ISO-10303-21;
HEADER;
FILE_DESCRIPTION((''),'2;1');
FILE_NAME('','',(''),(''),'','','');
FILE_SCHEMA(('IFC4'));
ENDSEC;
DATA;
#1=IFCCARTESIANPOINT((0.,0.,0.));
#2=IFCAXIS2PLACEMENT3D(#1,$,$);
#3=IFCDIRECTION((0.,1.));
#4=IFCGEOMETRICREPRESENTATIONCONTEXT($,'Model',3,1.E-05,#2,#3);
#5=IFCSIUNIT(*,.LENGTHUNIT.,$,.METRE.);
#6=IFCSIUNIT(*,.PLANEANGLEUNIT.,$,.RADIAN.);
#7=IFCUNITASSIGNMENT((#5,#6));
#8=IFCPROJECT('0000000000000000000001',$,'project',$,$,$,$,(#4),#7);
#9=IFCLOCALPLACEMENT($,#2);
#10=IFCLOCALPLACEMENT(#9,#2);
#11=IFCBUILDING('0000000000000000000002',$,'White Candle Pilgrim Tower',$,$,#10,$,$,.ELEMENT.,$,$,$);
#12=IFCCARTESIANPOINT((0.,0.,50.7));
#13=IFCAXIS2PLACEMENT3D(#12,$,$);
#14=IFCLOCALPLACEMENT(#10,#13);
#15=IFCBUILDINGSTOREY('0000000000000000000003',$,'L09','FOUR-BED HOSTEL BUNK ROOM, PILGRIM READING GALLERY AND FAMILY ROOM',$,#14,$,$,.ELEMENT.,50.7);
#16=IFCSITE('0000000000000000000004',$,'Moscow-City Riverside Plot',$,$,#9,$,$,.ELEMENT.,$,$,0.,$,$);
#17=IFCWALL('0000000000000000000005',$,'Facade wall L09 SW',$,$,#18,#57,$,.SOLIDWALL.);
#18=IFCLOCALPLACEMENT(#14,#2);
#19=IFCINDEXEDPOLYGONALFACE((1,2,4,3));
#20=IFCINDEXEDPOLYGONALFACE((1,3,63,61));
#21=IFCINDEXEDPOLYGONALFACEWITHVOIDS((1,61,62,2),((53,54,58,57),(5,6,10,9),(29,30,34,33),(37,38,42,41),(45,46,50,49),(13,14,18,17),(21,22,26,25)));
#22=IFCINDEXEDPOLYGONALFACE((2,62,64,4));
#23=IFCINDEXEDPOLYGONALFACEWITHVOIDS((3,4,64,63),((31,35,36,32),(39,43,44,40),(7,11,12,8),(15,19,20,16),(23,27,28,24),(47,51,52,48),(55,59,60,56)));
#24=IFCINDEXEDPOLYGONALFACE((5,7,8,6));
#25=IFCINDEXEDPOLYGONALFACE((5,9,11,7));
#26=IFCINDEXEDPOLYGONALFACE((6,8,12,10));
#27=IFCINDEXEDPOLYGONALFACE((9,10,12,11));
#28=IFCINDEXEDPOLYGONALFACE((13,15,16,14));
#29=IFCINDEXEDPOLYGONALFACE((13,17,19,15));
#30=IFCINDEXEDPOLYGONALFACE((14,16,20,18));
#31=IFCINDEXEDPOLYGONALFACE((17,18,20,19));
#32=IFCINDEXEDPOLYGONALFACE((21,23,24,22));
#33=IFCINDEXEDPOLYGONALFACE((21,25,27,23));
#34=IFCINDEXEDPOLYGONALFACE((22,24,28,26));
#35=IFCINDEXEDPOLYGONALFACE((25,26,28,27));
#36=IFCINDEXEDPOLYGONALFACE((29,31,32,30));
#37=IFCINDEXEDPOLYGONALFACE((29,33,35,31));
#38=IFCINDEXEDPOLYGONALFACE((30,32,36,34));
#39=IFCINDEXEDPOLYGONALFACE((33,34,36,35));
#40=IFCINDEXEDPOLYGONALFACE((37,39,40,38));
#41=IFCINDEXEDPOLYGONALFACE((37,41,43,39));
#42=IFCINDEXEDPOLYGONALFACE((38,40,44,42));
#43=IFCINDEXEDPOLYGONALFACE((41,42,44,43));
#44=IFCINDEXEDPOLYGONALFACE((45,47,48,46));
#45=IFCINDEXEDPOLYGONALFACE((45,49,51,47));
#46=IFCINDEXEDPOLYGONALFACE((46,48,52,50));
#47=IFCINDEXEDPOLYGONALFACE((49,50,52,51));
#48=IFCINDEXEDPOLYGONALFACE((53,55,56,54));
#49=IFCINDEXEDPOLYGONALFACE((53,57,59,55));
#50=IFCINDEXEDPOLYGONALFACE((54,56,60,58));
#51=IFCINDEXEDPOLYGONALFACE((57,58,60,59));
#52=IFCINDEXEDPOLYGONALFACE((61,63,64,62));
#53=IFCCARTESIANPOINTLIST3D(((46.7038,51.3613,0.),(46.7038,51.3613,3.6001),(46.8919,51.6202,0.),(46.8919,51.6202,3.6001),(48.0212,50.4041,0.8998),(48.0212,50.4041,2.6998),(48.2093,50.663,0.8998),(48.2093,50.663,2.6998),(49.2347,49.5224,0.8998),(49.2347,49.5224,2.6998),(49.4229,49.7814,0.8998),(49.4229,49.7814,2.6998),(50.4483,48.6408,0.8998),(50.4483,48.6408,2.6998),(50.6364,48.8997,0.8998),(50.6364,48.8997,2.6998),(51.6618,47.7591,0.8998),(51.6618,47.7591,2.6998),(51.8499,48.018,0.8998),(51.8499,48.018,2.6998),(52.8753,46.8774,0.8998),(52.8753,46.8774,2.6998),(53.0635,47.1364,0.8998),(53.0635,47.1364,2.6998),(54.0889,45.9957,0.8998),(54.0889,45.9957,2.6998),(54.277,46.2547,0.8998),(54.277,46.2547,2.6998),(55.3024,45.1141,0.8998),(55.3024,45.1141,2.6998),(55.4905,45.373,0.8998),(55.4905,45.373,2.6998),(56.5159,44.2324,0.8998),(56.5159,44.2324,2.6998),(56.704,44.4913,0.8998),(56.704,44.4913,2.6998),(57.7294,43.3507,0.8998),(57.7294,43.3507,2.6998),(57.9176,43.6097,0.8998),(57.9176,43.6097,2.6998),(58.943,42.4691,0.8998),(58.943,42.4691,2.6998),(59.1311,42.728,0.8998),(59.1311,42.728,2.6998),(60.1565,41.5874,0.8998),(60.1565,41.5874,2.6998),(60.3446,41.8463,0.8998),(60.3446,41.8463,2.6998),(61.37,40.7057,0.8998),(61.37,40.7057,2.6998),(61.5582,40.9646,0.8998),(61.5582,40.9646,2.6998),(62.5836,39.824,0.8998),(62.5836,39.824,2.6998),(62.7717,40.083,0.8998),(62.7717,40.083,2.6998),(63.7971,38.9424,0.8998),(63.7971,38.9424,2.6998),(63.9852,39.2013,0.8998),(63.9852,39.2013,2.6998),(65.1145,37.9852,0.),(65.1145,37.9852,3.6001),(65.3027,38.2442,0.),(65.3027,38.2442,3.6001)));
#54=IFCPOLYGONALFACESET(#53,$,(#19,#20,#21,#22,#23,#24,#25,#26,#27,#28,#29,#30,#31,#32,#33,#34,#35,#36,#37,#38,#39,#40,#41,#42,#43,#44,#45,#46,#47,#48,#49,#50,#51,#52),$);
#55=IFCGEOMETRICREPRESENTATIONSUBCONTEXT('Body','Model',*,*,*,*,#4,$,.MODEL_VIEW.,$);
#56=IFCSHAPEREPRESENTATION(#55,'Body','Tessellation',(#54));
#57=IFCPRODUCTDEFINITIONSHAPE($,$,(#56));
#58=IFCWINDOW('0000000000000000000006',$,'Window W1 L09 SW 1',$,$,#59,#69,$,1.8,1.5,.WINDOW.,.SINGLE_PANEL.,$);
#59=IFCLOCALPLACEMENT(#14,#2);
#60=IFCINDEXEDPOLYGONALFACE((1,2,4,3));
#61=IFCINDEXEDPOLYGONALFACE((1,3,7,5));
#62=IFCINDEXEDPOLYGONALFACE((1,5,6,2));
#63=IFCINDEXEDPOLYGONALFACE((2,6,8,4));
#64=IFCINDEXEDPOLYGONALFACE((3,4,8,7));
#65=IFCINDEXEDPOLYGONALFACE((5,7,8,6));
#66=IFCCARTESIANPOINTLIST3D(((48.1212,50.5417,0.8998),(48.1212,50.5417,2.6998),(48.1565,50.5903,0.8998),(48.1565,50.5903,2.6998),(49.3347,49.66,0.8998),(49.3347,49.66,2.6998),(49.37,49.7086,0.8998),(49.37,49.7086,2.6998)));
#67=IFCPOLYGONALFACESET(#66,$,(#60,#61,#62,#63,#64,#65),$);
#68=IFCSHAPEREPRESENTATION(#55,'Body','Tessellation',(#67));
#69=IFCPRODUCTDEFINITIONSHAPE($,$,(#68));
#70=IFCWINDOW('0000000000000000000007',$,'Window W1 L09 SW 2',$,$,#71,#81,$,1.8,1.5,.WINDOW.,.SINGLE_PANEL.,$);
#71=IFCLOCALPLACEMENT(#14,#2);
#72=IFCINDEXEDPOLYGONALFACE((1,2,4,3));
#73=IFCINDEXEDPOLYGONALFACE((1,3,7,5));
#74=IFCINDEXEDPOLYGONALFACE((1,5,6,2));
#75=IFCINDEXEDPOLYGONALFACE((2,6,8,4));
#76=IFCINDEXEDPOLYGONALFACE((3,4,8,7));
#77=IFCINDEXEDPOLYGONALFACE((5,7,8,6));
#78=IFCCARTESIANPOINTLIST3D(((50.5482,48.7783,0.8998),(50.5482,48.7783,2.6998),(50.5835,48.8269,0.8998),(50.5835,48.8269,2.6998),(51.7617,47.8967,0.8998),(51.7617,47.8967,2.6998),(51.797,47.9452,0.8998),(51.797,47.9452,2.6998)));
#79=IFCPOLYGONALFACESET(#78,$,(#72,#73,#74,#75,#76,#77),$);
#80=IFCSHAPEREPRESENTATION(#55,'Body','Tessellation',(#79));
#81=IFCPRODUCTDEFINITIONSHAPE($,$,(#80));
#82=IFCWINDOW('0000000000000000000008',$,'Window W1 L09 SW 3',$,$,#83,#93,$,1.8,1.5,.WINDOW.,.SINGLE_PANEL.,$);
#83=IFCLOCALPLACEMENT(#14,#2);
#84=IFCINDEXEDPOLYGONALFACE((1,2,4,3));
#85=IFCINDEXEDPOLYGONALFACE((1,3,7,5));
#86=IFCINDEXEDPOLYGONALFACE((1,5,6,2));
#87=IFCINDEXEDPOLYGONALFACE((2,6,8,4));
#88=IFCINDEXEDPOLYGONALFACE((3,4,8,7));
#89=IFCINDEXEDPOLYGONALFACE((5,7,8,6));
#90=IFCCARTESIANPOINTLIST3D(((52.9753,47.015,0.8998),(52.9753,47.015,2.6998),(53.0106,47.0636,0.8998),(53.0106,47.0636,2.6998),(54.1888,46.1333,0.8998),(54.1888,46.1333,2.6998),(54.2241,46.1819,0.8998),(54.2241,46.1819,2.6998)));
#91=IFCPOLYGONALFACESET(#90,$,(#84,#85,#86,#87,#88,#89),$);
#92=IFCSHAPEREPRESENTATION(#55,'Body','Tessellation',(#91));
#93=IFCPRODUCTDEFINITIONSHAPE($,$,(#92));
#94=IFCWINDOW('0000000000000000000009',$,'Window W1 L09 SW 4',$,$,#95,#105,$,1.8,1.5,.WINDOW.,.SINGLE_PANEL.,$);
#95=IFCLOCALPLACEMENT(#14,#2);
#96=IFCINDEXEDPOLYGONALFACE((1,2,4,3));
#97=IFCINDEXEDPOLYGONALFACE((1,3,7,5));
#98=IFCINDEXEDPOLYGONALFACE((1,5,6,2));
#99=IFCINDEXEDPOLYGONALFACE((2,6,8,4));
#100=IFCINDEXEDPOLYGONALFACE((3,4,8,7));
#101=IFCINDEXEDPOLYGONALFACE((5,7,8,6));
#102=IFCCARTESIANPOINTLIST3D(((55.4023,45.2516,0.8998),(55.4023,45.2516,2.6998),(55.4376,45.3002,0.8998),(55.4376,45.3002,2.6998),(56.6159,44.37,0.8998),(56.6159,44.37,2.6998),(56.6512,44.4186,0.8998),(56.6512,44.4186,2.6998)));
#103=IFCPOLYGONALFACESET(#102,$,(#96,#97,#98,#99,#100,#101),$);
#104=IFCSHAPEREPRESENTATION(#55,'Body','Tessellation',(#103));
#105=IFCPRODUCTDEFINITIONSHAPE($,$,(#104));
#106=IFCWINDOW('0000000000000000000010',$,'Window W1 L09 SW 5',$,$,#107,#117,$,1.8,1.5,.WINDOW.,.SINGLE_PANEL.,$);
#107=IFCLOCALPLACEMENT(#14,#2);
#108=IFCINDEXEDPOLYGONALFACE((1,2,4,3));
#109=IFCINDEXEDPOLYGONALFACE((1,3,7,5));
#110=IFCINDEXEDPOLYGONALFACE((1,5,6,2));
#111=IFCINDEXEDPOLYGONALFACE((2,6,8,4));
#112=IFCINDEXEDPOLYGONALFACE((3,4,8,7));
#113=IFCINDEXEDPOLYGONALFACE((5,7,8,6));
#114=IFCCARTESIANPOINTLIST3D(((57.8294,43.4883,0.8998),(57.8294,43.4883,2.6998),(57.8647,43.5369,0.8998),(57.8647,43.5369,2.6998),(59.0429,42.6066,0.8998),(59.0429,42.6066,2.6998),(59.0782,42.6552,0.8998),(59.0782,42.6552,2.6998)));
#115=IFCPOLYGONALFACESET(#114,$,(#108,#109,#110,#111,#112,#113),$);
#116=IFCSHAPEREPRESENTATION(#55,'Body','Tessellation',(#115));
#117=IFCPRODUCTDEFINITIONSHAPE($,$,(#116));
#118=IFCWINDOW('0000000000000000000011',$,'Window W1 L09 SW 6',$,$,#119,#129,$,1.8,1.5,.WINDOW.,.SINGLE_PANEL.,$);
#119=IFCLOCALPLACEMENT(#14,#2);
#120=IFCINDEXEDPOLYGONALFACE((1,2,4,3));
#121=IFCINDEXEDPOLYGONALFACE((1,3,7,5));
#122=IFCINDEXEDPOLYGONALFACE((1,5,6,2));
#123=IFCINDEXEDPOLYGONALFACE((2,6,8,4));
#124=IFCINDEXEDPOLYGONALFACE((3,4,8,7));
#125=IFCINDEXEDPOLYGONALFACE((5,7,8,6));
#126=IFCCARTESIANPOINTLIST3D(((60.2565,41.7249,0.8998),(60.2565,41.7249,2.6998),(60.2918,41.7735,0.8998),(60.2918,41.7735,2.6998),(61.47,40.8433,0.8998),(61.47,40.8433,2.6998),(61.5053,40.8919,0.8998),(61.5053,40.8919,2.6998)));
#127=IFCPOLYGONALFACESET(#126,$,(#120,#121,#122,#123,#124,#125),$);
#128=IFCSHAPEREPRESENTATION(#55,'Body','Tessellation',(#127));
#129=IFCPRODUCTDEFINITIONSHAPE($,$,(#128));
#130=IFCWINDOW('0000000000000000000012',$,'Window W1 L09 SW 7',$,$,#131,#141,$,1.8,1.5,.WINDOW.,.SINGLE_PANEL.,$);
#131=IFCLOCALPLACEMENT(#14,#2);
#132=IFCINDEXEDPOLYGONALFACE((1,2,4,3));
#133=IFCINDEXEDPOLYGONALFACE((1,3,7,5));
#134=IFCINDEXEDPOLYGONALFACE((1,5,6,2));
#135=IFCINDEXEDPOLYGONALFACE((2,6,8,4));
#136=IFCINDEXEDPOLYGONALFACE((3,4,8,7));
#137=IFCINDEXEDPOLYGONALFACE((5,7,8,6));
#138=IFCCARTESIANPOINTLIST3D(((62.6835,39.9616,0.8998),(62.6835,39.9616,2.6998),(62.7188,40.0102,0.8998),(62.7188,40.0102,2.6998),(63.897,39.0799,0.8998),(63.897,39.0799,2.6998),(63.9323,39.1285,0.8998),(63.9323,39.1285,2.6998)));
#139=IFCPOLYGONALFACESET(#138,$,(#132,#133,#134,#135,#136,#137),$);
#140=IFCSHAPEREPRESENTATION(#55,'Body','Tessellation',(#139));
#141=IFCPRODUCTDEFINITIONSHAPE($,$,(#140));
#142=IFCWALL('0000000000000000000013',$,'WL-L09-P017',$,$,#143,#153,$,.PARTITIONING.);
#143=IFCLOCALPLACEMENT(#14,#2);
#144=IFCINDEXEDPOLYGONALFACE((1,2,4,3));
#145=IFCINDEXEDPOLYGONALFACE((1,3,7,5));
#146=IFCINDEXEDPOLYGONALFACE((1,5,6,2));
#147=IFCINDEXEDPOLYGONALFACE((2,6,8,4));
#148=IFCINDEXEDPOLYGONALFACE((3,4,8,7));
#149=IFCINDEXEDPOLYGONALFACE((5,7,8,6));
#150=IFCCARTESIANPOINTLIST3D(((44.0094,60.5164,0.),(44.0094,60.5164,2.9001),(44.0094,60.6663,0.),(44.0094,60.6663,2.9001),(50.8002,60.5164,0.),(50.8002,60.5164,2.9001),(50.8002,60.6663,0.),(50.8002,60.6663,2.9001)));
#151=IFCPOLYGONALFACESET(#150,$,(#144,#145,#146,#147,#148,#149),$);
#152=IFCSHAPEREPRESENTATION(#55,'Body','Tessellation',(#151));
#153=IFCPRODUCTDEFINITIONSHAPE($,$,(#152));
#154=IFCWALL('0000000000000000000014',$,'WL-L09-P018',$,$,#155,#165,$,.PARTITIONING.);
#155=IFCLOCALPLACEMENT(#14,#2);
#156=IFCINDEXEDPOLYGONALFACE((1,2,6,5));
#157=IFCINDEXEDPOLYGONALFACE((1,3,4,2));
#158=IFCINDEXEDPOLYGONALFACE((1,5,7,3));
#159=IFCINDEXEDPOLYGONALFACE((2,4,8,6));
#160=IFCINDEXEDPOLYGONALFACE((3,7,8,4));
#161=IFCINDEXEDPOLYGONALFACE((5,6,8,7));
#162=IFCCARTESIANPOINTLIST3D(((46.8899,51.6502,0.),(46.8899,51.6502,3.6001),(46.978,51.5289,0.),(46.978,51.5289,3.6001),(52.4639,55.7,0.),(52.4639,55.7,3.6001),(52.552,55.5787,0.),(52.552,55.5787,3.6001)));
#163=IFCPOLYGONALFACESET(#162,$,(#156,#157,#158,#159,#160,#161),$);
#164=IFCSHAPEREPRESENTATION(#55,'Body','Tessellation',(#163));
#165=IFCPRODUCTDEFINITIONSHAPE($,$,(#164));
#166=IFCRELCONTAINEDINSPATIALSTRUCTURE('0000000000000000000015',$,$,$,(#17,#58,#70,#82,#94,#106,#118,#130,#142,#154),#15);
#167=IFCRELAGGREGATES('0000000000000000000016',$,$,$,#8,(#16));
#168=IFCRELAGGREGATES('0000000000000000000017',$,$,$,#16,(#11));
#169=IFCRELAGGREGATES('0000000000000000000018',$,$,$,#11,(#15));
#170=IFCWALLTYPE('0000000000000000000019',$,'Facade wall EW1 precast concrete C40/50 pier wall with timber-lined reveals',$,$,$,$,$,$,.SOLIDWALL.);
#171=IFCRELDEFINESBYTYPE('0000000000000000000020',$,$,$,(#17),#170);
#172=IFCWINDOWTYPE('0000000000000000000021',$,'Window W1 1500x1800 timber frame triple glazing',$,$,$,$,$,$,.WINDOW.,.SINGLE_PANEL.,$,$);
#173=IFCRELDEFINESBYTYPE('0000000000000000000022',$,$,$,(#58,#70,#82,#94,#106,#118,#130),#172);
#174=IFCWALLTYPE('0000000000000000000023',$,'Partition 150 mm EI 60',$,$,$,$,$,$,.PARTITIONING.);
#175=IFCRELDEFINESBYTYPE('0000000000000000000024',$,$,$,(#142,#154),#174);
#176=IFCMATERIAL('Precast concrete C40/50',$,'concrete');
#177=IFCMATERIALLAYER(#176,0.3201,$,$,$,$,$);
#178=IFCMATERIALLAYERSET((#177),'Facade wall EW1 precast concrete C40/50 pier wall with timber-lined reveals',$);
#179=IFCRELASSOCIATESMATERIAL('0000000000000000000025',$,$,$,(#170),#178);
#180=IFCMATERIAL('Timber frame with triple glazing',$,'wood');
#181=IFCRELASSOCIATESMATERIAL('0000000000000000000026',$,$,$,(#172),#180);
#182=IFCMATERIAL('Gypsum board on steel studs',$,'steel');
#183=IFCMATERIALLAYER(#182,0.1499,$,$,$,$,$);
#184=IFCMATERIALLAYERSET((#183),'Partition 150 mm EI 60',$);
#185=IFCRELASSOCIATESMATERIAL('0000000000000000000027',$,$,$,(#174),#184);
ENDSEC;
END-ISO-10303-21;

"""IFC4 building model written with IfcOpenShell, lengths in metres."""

from ifc_helpers import new_model, si_unit, direction, frame, frame_2d, origin, place, context, subcontext, project, spatial, rectangle, extrude, material, layer, layer_set, type_object, element, fill, save


model = new_model("IFC4")

# Units and contexts
model_context = context("Model", 3, precision=1e-05, world=origin(), true_north=direction((0.0, 1.0)))
body_context = subcontext(model_context, "Body", "Model", "MODEL_VIEW")
ifc_project = project(units=[si_unit("LENGTHUNIT", "METRE"), si_unit("PLANEANGLEUNIT", "RADIAN")], contexts=[model_context])

# Site, building, storey
site_placement = place(None, origin())
site = spatial("IfcSite", under=ifc_project, at=site_placement, Name="Moscow-City Riverside Plot", CompositionType="ELEMENT", RefElevation=0.0)
building_placement = place(site_placement, origin())
building = spatial("IfcBuilding", under=site, at=building_placement, Name="White Candle Pilgrim Tower", CompositionType="ELEMENT")
storey_placement = place(building_placement, frame((0.0, 0.0, 50.7)))
storey = spatial("IfcBuildingStorey", under=building, at=storey_placement, Name="L09", Description="FOUR-BED HOSTEL BUNK ROOM, PILGRIM READING GALLERY AND FAMILY ROOM", CompositionType="ELEMENT", Elevation=50.7)

# Shared definitions
ifc_material_1 = material(Name="Gypsum board on steel studs", Category="steel")

# Wall, openings, windows
ifc_material_2 = material(Name="Precast concrete C40/50", Category="concrete")
ifc_layer_1 = layer(ifc_material_2, 0.3201)
ifc_layer_set_1 = layer_set([ifc_layer_1], Name="Facade wall EW1 precast concrete C40/50 pier wall with timber-lined reveals")
wall_type_1 = type_object("IfcWallType", Name="Facade wall EW1 precast concrete C40/50 pier wall with timber-lined reveals", PredefinedType="SOLIDWALL", material=ifc_layer_set_1)
ifc_material_3 = material(Name="Timber frame with triple glazing", Category="wood")
wall_1_placement = place(storey_placement, frame((46.7979, 51.4907, 0.0), z_axis=(0.0, 0.0, 1.0), x_axis=(0.80902, -0.587781, 0.0)))
wall_1 = element("IfcWall", 1, at=wall_1_placement, inside=storey, type_object=wall_type_1, Name="Facade wall L09 SW", PredefinedType="SOLIDWALL", context=body_context, shape_type="SweptSolid", body=[
    extrude(rectangle(XDim=22.7568, YDim=0.3201, at=frame_2d((11.3784, 0.0))), origin(), (0.0, 0.0, 1.0), 3.6001),
])
opening_1_placement = place(wall_1_placement, frame((1.6284, 0.0, 0.8999)))
opening_1 = element("IfcOpeningElement", 2, at=opening_1_placement, cuts=wall_1, PredefinedType="OPENING", context=body_context, shape_type="SweptSolid", body=[
    extrude(rectangle(XDim=1.5, YDim=1.8, at=frame_2d((0.75, 0.8999))), frame((0.0, 0.1699, 0.0), z_axis=(0.0, -1.0, 0.0), x_axis=(1.0, 0.0, 0.0)), (0.0, 0.0, 1.0), 0.3401),
])
opening_2_placement = place(wall_1_placement, frame((4.6284, 0.0, 0.8999)))
opening_2 = element("IfcOpeningElement", 3, at=opening_2_placement, cuts=wall_1, PredefinedType="OPENING", context=body_context, shape_type="SweptSolid", body=[
    extrude(rectangle(XDim=1.5, YDim=1.8, at=frame_2d((0.75, 0.8999))), frame((0.0, 0.1699, 0.0), z_axis=(0.0, -1.0, 0.0), x_axis=(1.0, 0.0, 0.0)), (0.0, 0.0, 1.0), 0.3401),
])
opening_3_placement = place(wall_1_placement, frame((7.6284, 0.0, 0.8999)))
opening_3 = element("IfcOpeningElement", 4, at=opening_3_placement, cuts=wall_1, PredefinedType="OPENING", context=body_context, shape_type="SweptSolid", body=[
    extrude(rectangle(XDim=1.5, YDim=1.8, at=frame_2d((0.75, 0.8999))), frame((0.0, 0.1699, 0.0), z_axis=(0.0, -1.0, 0.0), x_axis=(1.0, 0.0, 0.0)), (0.0, 0.0, 1.0), 0.3401),
])
opening_4_placement = place(wall_1_placement, frame((10.6284, 0.0, 0.8999)))
opening_4 = element("IfcOpeningElement", 5, at=opening_4_placement, cuts=wall_1, PredefinedType="OPENING", context=body_context, shape_type="SweptSolid", body=[
    extrude(rectangle(XDim=1.5, YDim=1.8, at=frame_2d((0.75, 0.8999))), frame((0.0, 0.1699, 0.0), z_axis=(0.0, -1.0, 0.0), x_axis=(1.0, 0.0, 0.0)), (0.0, 0.0, 1.0), 0.3401),
])
opening_5_placement = place(wall_1_placement, frame((13.6284, 0.0, 0.8999)))
opening_5 = element("IfcOpeningElement", 6, at=opening_5_placement, cuts=wall_1, PredefinedType="OPENING", context=body_context, shape_type="SweptSolid", body=[
    extrude(rectangle(XDim=1.5, YDim=1.8, at=frame_2d((0.75, 0.8999))), frame((0.0, 0.1699, 0.0), z_axis=(0.0, -1.0, 0.0), x_axis=(1.0, 0.0, 0.0)), (0.0, 0.0, 1.0), 0.3401),
])
opening_6_placement = place(wall_1_placement, frame((16.6284, 0.0, 0.8999)))
opening_6 = element("IfcOpeningElement", 7, at=opening_6_placement, cuts=wall_1, PredefinedType="OPENING", context=body_context, shape_type="SweptSolid", body=[
    extrude(rectangle(XDim=1.5, YDim=1.8, at=frame_2d((0.75, 0.8999))), frame((0.0, 0.1699, 0.0), z_axis=(0.0, -1.0, 0.0), x_axis=(1.0, 0.0, 0.0)), (0.0, 0.0, 1.0), 0.3401),
])
opening_7_placement = place(wall_1_placement, frame((19.6284, 0.0, 0.8999)))
opening_7 = element("IfcOpeningElement", 8, at=opening_7_placement, cuts=wall_1, PredefinedType="OPENING", context=body_context, shape_type="SweptSolid", body=[
    extrude(rectangle(XDim=1.5, YDim=1.8, at=frame_2d((0.75, 0.8999))), frame((0.0, 0.1699, 0.0), z_axis=(0.0, -1.0, 0.0), x_axis=(1.0, 0.0, 0.0)), (0.0, 0.0, 1.0), 0.3401),
])
window_type_1 = type_object("IfcWindowType", Name="Window W1 1500x1800 timber frame triple glazing", PartitioningType="SINGLE_PANEL", PredefinedType="WINDOW", material=ifc_material_3)
window_1_placement = place(opening_1_placement, origin())
window_1 = element("IfcWindow", 9, at=window_1_placement, inside=storey, type_object=window_type_1, Name="Window W1 L09 SW 1", OverallHeight=1.8, OverallWidth=1.5, PartitioningType="SINGLE_PANEL", PredefinedType="WINDOW", context=body_context, shape_type="SweptSolid", body=[
    extrude(rectangle(XDim=1.5, YDim=1.8, at=frame_2d((0.75, 0.8999))), frame((0.0, 0.0701, 0.0), z_axis=(0.0, -1.0, 0.0), x_axis=(1.0, 0.0, 0.0)), (0.0, 0.0, 1.0), 0.0601),
])
fill(opening_1, window_1)
window_2_placement = place(opening_2_placement, origin())
window_2 = element("IfcWindow", 10, at=window_2_placement, inside=storey, type_object=window_type_1, Name="Window W1 L09 SW 2", OverallHeight=1.8, OverallWidth=1.5, PartitioningType="SINGLE_PANEL", PredefinedType="WINDOW", context=body_context, shape_type="SweptSolid", body=[
    extrude(rectangle(XDim=1.5, YDim=1.8, at=frame_2d((0.75, 0.8999))), frame((0.0, 0.0701, 0.0), z_axis=(0.0, -1.0, 0.0), x_axis=(1.0, 0.0, 0.0)), (0.0, 0.0, 1.0), 0.0601),
])
fill(opening_2, window_2)
window_3_placement = place(opening_3_placement, origin())
window_3 = element("IfcWindow", 11, at=window_3_placement, inside=storey, type_object=window_type_1, Name="Window W1 L09 SW 3", OverallHeight=1.8, OverallWidth=1.5, PartitioningType="SINGLE_PANEL", PredefinedType="WINDOW", context=body_context, shape_type="SweptSolid", body=[
    extrude(rectangle(XDim=1.5, YDim=1.8, at=frame_2d((0.75, 0.8999))), frame((0.0, 0.0701, 0.0), z_axis=(0.0, -1.0, 0.0), x_axis=(1.0, 0.0, 0.0)), (0.0, 0.0, 1.0), 0.0601),
])
fill(opening_3, window_3)
window_4_placement = place(opening_4_placement, origin())
window_4 = element("IfcWindow", 12, at=window_4_placement, inside=storey, type_object=window_type_1, Name="Window W1 L09 SW 4", OverallHeight=1.8, OverallWidth=1.5, PartitioningType="SINGLE_PANEL", PredefinedType="WINDOW", context=body_context, shape_type="SweptSolid", body=[
    extrude(rectangle(XDim=1.5, YDim=1.8, at=frame_2d((0.75, 0.8999))), frame((0.0, 0.0701, 0.0), z_axis=(0.0, -1.0, 0.0), x_axis=(1.0, 0.0, 0.0)), (0.0, 0.0, 1.0), 0.0601),
])
fill(opening_4, window_4)
window_5_placement = place(opening_5_placement, origin())
window_5 = element("IfcWindow", 13, at=window_5_placement, inside=storey, type_object=window_type_1, Name="Window W1 L09 SW 5", OverallHeight=1.8, OverallWidth=1.5, PartitioningType="SINGLE_PANEL", PredefinedType="WINDOW", context=body_context, shape_type="SweptSolid", body=[
    extrude(rectangle(XDim=1.5, YDim=1.8, at=frame_2d((0.75, 0.8999))), frame((0.0, 0.0701, 0.0), z_axis=(0.0, -1.0, 0.0), x_axis=(1.0, 0.0, 0.0)), (0.0, 0.0, 1.0), 0.0601),
])
fill(opening_5, window_5)
window_6_placement = place(opening_6_placement, origin())
window_6 = element("IfcWindow", 14, at=window_6_placement, inside=storey, type_object=window_type_1, Name="Window W1 L09 SW 6", OverallHeight=1.8, OverallWidth=1.5, PartitioningType="SINGLE_PANEL", PredefinedType="WINDOW", context=body_context, shape_type="SweptSolid", body=[
    extrude(rectangle(XDim=1.5, YDim=1.8, at=frame_2d((0.75, 0.8999))), frame((0.0, 0.0701, 0.0), z_axis=(0.0, -1.0, 0.0), x_axis=(1.0, 0.0, 0.0)), (0.0, 0.0, 1.0), 0.0601),
])
fill(opening_6, window_6)
window_7_placement = place(opening_7_placement, origin())
window_7 = element("IfcWindow", 15, at=window_7_placement, inside=storey, type_object=window_type_1, Name="Window W1 L09 SW 7", OverallHeight=1.8, OverallWidth=1.5, PartitioningType="SINGLE_PANEL", PredefinedType="WINDOW", context=body_context, shape_type="SweptSolid", body=[
    extrude(rectangle(XDim=1.5, YDim=1.8, at=frame_2d((0.75, 0.8999))), frame((0.0, 0.0701, 0.0), z_axis=(0.0, -1.0, 0.0), x_axis=(1.0, 0.0, 0.0)), (0.0, 0.0, 1.0), 0.0601),
])
fill(opening_7, window_7)

# Walls
ifc_layer_2 = layer(ifc_material_1, 0.1499)
ifc_layer_set_2 = layer_set([ifc_layer_2], Name="Partition 150 mm EI 60")
wall_type_2 = type_object("IfcWallType", Name="Partition 150 mm EI 60", PredefinedType="PARTITIONING", material=ifc_layer_set_2)
wall_2_placement = place(storey_placement, frame((44.0093, 60.5913, 0.0), z_axis=(0.0, 0.0, 1.0), x_axis=(1.0, 0.0, 0.0)))
element("IfcWall", 16, at=wall_2_placement, inside=storey, type_object=wall_type_2, Name="WL-L09-P017", PredefinedType="PARTITIONING", context=body_context, shape_type="SweptSolid", body=[
    extrude(rectangle(XDim=6.7908, YDim=0.1499, at=frame_2d((3.3955, 0.0))), origin(), (0.0, 0.0, 1.0), 2.9001),
])
wall_3_placement = place(storey_placement, frame((46.9341, 51.5896, 0.0), z_axis=(0.0, 0.0, 1.0), x_axis=(0.809012, 0.587792, 0.0)))
element("IfcWall", 17, at=wall_3_placement, inside=storey, type_object=wall_type_2, Name="WL-L09-P018", PredefinedType="PARTITIONING", context=body_context, shape_type="SweptSolid", body=[
    extrude(rectangle(XDim=6.8899, YDim=0.1499, at=frame_2d((3.4448, 0.0))), origin(), (0.0, 0.0, 1.0), 3.6001),
])

save(model, "model.ifc")
